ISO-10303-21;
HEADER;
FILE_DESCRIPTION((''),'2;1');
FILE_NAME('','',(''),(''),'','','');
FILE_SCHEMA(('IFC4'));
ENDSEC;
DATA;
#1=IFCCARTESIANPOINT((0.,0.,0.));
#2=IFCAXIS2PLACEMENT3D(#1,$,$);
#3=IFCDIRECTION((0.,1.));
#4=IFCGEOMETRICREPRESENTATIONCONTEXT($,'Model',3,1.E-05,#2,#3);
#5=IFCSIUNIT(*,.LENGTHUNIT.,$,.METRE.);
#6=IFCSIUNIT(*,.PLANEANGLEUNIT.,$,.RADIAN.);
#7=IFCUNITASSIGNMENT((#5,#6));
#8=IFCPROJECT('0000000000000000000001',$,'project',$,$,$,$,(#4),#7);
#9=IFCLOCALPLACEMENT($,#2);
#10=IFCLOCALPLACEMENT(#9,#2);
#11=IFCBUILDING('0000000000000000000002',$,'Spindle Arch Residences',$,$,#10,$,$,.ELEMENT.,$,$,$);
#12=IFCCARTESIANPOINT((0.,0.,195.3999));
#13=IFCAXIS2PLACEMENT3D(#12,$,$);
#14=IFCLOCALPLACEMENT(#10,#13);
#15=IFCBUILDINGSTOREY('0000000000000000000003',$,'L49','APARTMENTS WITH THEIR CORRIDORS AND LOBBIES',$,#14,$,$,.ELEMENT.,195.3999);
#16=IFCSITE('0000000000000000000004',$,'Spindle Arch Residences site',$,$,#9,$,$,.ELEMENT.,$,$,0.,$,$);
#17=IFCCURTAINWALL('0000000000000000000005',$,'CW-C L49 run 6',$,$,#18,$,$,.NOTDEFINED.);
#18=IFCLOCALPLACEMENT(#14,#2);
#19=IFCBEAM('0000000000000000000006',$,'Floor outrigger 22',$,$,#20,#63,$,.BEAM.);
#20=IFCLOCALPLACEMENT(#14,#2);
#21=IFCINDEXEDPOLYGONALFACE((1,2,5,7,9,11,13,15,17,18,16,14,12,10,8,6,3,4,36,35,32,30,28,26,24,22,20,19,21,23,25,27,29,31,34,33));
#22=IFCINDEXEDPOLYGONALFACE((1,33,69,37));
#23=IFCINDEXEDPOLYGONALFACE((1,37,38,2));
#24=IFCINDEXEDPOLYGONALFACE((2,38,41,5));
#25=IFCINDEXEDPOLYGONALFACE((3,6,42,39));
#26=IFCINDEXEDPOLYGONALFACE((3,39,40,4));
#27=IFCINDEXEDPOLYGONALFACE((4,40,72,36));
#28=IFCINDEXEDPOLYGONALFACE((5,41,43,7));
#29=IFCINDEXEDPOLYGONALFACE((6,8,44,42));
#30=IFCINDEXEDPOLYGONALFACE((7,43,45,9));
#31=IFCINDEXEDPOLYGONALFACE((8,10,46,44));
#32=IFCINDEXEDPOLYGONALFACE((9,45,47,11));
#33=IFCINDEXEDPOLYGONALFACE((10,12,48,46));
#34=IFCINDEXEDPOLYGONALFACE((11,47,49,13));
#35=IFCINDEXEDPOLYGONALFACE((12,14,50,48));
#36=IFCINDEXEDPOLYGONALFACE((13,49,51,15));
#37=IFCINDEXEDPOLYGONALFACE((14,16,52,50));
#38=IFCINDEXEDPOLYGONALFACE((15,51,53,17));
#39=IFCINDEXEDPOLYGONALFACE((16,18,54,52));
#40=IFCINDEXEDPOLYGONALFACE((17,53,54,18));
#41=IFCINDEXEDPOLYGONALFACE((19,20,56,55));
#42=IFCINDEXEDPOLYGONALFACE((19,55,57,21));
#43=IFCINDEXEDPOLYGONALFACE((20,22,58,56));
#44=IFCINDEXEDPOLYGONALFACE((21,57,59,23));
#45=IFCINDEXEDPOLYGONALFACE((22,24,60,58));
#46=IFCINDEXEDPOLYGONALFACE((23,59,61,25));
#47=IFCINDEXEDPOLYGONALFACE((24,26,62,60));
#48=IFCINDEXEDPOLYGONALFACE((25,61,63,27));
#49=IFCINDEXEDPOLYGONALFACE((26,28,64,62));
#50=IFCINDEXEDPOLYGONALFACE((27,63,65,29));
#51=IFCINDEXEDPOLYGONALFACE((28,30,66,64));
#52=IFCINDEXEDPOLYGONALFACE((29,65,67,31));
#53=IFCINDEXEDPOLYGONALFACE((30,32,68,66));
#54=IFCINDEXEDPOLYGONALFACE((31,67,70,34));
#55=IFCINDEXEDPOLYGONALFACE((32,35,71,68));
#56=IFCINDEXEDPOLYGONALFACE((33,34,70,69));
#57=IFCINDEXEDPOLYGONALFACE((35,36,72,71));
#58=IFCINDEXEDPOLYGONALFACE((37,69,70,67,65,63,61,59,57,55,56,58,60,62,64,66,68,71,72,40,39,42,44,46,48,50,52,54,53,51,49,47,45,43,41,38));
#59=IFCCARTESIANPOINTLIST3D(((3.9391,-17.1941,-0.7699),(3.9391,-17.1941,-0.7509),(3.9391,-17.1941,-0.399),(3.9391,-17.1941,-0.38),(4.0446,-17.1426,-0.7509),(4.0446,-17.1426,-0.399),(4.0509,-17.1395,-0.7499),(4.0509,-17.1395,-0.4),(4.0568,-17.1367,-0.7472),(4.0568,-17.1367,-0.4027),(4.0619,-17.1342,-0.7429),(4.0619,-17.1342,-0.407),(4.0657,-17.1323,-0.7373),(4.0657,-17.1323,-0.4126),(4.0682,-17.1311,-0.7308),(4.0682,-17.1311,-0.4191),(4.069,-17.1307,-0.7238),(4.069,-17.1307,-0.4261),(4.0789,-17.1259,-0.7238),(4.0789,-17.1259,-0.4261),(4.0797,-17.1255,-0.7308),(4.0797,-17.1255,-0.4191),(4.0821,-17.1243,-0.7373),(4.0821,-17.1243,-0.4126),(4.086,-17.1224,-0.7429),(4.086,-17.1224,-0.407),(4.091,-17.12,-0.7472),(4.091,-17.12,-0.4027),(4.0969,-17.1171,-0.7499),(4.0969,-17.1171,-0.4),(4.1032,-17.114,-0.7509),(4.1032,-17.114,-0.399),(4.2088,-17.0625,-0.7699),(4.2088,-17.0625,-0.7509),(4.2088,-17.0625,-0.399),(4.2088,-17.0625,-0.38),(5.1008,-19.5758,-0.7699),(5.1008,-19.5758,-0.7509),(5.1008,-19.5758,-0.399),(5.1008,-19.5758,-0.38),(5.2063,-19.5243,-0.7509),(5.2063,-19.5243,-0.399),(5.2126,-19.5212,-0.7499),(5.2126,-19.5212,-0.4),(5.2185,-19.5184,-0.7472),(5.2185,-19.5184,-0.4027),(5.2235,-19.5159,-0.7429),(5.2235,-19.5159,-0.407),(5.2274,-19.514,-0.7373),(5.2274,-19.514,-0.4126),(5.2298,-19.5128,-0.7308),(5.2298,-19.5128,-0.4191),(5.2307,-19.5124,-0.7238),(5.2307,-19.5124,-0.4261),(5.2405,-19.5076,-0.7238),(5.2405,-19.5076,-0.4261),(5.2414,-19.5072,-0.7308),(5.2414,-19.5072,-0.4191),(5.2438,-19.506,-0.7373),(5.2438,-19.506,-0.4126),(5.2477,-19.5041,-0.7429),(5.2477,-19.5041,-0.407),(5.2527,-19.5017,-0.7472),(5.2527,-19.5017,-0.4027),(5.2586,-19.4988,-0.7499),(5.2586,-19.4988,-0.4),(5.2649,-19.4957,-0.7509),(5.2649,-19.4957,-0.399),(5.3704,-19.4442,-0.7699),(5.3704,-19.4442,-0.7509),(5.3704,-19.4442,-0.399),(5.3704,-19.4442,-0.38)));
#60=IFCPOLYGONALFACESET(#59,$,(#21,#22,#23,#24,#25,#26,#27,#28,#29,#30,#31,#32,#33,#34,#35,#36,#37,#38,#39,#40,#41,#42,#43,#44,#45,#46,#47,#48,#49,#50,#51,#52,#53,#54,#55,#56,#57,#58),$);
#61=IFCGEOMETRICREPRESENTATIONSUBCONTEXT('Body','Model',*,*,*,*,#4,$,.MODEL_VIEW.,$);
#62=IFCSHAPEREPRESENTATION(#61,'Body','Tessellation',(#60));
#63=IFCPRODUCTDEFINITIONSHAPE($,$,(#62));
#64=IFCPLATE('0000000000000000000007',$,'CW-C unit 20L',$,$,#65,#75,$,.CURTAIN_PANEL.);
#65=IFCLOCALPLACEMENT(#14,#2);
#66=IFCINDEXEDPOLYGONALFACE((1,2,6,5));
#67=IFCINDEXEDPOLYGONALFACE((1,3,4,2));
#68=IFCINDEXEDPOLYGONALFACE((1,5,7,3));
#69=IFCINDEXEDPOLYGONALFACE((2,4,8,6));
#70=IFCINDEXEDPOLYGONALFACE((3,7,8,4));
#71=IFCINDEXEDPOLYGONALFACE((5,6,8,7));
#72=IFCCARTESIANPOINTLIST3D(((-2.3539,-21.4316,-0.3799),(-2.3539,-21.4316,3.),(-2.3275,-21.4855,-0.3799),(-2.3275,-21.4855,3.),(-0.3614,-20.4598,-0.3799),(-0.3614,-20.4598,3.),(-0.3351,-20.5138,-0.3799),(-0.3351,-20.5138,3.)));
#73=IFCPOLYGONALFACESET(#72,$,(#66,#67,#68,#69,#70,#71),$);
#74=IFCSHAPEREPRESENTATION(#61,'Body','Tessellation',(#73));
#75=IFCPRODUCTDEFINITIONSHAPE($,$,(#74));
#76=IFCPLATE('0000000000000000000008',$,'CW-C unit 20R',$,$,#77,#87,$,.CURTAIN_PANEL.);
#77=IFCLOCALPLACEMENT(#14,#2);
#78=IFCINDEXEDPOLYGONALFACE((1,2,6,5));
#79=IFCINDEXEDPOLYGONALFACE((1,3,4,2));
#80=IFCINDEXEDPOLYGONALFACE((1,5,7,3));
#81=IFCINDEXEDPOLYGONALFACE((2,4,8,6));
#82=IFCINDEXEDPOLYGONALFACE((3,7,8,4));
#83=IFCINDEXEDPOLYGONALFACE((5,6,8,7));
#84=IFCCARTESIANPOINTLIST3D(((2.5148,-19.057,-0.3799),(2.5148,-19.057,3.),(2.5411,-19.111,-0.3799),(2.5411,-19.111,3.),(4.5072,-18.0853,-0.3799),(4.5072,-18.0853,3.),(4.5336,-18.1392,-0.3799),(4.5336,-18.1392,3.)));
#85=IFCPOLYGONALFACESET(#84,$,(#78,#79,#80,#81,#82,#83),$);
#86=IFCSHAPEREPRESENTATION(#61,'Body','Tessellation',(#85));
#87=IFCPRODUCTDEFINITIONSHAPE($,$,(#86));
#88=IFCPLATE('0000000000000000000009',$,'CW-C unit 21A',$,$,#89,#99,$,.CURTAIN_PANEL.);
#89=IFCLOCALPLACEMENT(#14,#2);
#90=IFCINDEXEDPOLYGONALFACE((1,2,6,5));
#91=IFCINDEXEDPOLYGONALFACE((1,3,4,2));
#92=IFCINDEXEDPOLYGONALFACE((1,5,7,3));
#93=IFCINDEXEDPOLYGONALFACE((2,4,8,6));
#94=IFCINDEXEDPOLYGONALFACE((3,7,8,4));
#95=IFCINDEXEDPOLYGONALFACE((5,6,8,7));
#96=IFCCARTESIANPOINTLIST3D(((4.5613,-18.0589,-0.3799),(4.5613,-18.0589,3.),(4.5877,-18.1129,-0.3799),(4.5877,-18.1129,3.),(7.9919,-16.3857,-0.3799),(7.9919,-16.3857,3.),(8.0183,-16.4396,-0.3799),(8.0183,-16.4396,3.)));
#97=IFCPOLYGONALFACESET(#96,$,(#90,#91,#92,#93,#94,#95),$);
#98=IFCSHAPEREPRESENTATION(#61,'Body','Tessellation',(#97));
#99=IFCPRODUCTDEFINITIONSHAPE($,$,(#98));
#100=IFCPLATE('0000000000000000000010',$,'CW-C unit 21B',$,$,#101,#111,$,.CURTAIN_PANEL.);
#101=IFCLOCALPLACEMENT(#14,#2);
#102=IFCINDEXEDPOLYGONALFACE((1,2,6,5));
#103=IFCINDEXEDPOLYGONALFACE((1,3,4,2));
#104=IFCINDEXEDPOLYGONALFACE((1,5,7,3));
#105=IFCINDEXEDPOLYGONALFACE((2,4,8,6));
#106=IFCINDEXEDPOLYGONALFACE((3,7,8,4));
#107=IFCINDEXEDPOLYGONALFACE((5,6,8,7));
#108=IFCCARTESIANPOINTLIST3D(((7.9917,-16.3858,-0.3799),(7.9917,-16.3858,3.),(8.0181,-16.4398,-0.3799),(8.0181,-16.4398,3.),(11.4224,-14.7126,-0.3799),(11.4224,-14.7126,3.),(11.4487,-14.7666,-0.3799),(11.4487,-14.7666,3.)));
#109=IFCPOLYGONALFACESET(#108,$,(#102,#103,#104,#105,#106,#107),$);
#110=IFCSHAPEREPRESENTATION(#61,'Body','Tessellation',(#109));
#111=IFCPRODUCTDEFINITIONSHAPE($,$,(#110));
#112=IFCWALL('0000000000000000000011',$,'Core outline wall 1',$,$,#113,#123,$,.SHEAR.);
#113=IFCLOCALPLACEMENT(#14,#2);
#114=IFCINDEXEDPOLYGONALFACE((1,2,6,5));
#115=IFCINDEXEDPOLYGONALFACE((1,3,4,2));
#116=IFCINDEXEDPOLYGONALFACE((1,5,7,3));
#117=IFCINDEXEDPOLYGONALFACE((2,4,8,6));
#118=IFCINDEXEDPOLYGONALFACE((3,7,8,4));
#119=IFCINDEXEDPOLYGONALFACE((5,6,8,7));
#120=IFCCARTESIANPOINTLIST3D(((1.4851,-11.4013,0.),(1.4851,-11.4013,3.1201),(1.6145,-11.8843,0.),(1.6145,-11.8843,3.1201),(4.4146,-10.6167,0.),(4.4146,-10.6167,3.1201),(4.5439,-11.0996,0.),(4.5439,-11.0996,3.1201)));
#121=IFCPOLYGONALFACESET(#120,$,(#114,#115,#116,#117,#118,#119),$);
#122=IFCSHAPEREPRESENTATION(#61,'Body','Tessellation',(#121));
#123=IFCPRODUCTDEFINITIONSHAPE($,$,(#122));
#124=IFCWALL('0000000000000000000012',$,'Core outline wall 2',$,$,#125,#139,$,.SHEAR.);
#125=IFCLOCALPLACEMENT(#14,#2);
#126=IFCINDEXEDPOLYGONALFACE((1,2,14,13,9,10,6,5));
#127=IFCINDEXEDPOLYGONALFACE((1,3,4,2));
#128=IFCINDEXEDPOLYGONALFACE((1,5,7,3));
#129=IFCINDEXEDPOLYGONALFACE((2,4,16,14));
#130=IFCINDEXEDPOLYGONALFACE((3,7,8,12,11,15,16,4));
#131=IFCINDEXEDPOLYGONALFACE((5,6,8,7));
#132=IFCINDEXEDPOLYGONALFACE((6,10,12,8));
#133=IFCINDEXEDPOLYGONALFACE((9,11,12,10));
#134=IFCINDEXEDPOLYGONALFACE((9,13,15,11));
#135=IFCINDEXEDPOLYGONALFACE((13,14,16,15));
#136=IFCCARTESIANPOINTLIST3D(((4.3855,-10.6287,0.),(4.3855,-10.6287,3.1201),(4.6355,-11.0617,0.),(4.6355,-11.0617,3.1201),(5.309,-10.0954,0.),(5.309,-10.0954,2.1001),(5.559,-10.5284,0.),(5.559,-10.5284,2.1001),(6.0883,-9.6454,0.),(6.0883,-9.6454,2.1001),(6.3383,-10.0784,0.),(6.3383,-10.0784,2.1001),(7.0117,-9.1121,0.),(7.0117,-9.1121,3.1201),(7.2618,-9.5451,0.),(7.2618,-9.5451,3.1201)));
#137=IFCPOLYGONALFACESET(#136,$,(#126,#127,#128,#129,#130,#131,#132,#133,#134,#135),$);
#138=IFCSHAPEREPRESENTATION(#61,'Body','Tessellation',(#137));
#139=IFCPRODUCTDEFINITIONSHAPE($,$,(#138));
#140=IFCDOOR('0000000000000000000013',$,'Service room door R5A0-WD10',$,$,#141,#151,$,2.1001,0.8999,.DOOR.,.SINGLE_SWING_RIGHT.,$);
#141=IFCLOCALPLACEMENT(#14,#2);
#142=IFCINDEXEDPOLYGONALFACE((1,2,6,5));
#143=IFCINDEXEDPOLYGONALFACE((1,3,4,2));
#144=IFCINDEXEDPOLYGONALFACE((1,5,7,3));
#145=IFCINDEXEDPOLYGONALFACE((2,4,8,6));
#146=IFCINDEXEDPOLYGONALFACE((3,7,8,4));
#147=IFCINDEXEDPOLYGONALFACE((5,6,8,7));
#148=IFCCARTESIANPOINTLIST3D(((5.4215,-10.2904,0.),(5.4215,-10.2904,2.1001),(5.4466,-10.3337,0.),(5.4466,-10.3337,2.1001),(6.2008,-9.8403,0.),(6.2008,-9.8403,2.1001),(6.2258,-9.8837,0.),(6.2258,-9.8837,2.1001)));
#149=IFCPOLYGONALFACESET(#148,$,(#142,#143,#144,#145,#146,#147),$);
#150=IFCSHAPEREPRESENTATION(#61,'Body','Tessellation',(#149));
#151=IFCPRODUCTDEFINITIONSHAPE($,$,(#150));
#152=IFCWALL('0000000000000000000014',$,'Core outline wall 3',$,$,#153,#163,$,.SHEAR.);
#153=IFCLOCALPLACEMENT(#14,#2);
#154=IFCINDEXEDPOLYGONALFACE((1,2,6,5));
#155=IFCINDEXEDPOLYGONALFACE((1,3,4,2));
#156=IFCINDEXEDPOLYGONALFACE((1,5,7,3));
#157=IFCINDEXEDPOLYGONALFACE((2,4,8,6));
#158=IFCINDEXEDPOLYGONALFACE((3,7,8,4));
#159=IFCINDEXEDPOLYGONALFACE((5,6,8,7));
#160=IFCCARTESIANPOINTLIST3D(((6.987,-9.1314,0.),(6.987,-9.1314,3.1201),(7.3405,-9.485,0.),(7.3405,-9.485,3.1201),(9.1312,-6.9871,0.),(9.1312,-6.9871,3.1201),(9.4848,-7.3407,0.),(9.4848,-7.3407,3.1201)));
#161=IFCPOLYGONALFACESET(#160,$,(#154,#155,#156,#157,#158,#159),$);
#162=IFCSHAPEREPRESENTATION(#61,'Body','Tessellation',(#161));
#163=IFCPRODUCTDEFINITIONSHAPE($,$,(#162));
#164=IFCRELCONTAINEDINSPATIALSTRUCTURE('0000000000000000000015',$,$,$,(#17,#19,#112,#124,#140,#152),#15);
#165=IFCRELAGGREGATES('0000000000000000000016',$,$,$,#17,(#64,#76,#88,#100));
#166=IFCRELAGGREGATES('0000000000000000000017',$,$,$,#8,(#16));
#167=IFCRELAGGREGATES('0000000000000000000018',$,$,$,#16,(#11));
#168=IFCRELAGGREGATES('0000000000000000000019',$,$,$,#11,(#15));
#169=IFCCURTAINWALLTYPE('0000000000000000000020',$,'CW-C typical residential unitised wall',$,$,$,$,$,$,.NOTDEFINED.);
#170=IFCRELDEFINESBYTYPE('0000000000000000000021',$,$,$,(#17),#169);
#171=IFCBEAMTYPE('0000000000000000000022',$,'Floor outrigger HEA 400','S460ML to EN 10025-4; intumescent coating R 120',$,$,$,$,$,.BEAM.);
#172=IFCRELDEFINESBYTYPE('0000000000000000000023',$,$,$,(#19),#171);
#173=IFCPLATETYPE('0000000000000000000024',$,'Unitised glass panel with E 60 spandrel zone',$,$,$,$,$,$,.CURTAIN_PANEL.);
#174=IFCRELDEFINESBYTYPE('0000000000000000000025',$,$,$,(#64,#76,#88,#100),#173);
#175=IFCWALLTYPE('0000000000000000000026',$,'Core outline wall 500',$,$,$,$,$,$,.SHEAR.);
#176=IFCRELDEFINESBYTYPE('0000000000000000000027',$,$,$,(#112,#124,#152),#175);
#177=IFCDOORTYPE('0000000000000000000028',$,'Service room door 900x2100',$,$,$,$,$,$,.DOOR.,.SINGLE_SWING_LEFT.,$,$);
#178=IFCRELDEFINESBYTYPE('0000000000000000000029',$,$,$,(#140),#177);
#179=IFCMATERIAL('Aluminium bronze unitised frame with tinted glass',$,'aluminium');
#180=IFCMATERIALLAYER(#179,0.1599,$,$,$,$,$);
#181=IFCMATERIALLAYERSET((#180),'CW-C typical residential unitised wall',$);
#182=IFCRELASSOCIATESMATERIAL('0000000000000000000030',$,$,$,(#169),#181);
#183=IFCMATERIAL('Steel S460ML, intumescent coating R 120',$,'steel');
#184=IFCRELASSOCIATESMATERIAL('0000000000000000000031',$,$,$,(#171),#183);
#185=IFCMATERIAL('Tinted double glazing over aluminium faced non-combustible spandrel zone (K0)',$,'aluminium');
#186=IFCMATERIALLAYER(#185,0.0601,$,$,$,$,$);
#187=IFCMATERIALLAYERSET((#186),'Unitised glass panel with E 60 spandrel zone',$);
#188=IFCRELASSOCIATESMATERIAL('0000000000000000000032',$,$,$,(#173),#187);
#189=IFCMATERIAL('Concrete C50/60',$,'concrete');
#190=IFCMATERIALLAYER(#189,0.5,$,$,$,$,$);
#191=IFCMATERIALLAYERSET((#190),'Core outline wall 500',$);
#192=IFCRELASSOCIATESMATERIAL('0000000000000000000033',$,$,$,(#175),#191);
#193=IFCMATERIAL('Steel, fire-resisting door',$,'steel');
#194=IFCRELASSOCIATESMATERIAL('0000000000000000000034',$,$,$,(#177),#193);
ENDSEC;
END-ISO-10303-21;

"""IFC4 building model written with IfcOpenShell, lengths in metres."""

from ifc_helpers import new_model, si_unit, direction, frame, frame_2d, origin, origin_2d, place, context, subcontext, project, spatial, rectangle, i_section, extrude, material, layer, layer_set, material_profile, profile_set, type_object, element, fill, aggregate, save


model = new_model("IFC4")

# Units and contexts
model_context = context("Model", 3, precision=1e-05, world=origin(), true_north=direction((0.0, 1.0)))
body_context = subcontext(model_context, "Body", "Model", "MODEL_VIEW")
ifc_project = project(units=[si_unit("LENGTHUNIT", "METRE"), si_unit("PLANEANGLEUNIT", "RADIAN")], contexts=[model_context])

# Site, building, storey
site_placement = place(None, origin())
site = spatial("IfcSite", under=ifc_project, at=site_placement, Name="Spindle Arch Residences site", CompositionType="ELEMENT", RefElevation=0.0)
building_placement = place(site_placement, origin())
building = spatial("IfcBuilding", under=site, at=building_placement, Name="Spindle Arch Residences", CompositionType="ELEMENT")
storey_placement = place(building_placement, frame((0.0, 0.0, 195.3999)))
storey = spatial("IfcBuildingStorey", under=building, at=storey_placement, Name="L49", Description="APARTMENTS WITH THEIR CORRIDORS AND LOBBIES", CompositionType="ELEMENT", Elevation=195.3999)

# Curtain wall
ifc_material_1 = material(Name="Aluminium bronze unitised frame with tinted glass", Category="aluminium")
ifc_layer_1 = layer(ifc_material_1, 0.1599)
ifc_layer_set_1 = layer_set([ifc_layer_1], Name="CW-C typical residential unitised wall")
curtain_wall_type = type_object("IfcCurtainWallType", Name="CW-C typical residential unitised wall", PredefinedType="NOTDEFINED", material=ifc_layer_set_1)
curtain_wall_placement = place(storey_placement, origin())
curtain_wall = element("IfcCurtainWall", 1, at=curtain_wall_placement, inside=storey, type_object=curtain_wall_type, Name="CW-C L49 run 6", PredefinedType="NOTDEFINED")

# Beam
ifc_material_2 = material(Name="Steel S460ML, intumescent coating R 120", Category="steel")
ifc_material_profile_1 = material_profile(ifc_material_2, i_section(OverallWidth=0.3, OverallDepth=0.3899, WebThickness=0.011, FlangeThickness=0.019, FilletRadius=0.0271, at=origin_2d()), Name="HEA 400")
ifc_profile_set_1 = profile_set([ifc_material_profile_1], Name="Steel S460ML, intumescent coating R 120")
beam_type_1 = type_object("IfcBeamType", Name="Floor outrigger HEA 400", Description="S460ML to EN 10025-4; intumescent coating R 120", PredefinedType="BEAM", material=ifc_profile_set_1)
beam_1_placement = place(storey_placement, frame((5.2356, -19.51, -0.575), z_axis=(-0.438384, 0.898788, 0.0), x_axis=(-0.898788, -0.438384, 0.0)))
element("IfcBeam", 2, at=beam_1_placement, inside=storey, type_object=beam_type_1, Name="Floor outrigger 22", PredefinedType="BEAM", context=body_context, shape_type="SweptSolid", body=[
    extrude(i_section(OverallWidth=0.3, OverallDepth=0.3899, WebThickness=0.011, FlangeThickness=0.019, FilletRadius=0.0271, at=origin_2d()), origin(), (0.0, 0.0, 1.0), 2.6499),
])

# Plates
ifc_material_3 = material(Name="Tinted double glazing over aluminium faced non-combustible spandrel zone (K0)", Category="aluminium")
ifc_layer_2 = layer(ifc_material_3, 0.0601)
ifc_layer_set_2 = layer_set([ifc_layer_2], Name="Unitised glass panel with E 60 spandrel zone")
plate_type = type_object("IfcPlateType", Name="Unitised glass panel with E 60 spandrel zone", PredefinedType="CURTAIN_PANEL", material=ifc_layer_set_2)
plate_1_placement = place(storey_placement, frame((-1.3445, -20.9727, -0.3799), z_axis=(0.0, 0.0, 1.0), x_axis=(0.898794, 0.438371, 0.0)))
plate_1 = element("IfcPlate", 3, at=plate_1_placement, type_object=plate_type, Name="CW-C unit 20L", PredefinedType="CURTAIN_PANEL", context=body_context, shape_type="SweptSolid", body=[
    extrude(rectangle(XDim=2.2168, YDim=0.0601, at=origin_2d()), origin(), (0.0, 0.0, 1.0), 3.3799),
])
plate_2_placement = place(storey_placement, frame((3.5242, -18.5981, -0.3799), z_axis=(0.0, 0.0, 1.0), x_axis=(0.898794, 0.438371, 0.0)))
plate_2 = element("IfcPlate", 4, at=plate_2_placement, type_object=plate_type, Name="CW-C unit 20R", PredefinedType="CURTAIN_PANEL", context=body_context, shape_type="SweptSolid", body=[
    extrude(rectangle(XDim=2.2168, YDim=0.0601, at=origin_2d()), origin(), (0.0, 0.0, 1.0), 3.3799),
])
plate_3_placement = place(storey_placement, frame((6.2898, -17.2493, -0.3799), z_axis=(0.0, 0.0, 1.0), x_axis=(0.898794, 0.438371, 0.0)))
plate_3 = element("IfcPlate", 5, at=plate_3_placement, type_object=plate_type, Name="CW-C unit 21A", PredefinedType="CURTAIN_PANEL", context=body_context, shape_type="SweptSolid", body=[
    extrude(rectangle(XDim=3.8169, YDim=0.0601, at=origin_2d()), origin(), (0.0, 0.0, 1.0), 3.3799),
])
plate_4_placement = place(storey_placement, frame((9.7202, -15.5762, -0.3799), z_axis=(0.0, 0.0, 1.0), x_axis=(0.898794, 0.438371, 0.0)))
plate_4 = element("IfcPlate", 6, at=plate_4_placement, type_object=plate_type, Name="CW-C unit 21B", PredefinedType="CURTAIN_PANEL", context=body_context, shape_type="SweptSolid", body=[
    extrude(rectangle(XDim=3.8169, YDim=0.0601, at=origin_2d()), origin(), (0.0, 0.0, 1.0), 3.3799),
])
aggregate(curtain_wall, [plate_1, plate_2, plate_3, plate_4])

# Wall
ifc_material_4 = material(Name="Concrete C50/60", Category="concrete")
ifc_layer_3 = layer(ifc_material_4, 0.5)
ifc_layer_set_3 = layer_set([ifc_layer_3], Name="Core outline wall 500")
wall_type_1 = type_object("IfcWallType", Name="Core outline wall 500", PredefinedType="SHEAR", material=ifc_layer_set_3)
wall_1_placement = place(storey_placement, frame((1.5498, -11.6428, 0.0), z_axis=(0.0, 0.0, 1.0), x_axis=(0.965948, 0.258735, 0.0)))
element("IfcWall", 7, at=wall_1_placement, inside=storey, type_object=wall_type_1, Name="Core outline wall 1", PredefinedType="SHEAR", context=body_context, shape_type="SweptSolid", body=[
    extrude(rectangle(XDim=3.0327, YDim=0.5, at=frame_2d((1.5164, 0.0))), origin(), (0.0, 0.0, 1.0), 3.1201),
])

# Wall, opening, door
wall_2_placement = place(storey_placement, frame((4.5105, -10.8452, 0.0), z_axis=(0.0, 0.0, 1.0), x_axis=(0.865975, 0.500087, 0.0)))
wall_2 = element("IfcWall", 8, at=wall_2_placement, inside=storey, type_object=wall_type_1, Name="Core outline wall 2", PredefinedType="SHEAR", context=body_context, shape_type="SweptSolid", body=[
    extrude(rectangle(XDim=3.0327, YDim=0.5, at=frame_2d((1.5164, 0.0))), origin(), (0.0, 0.0, 1.0), 3.1201),
])
opening_1_placement = place(wall_2_placement, frame((1.0664, 0.0, 0.0)))
opening_1 = element("IfcOpeningElement", 9, at=opening_1_placement, cuts=wall_2, PredefinedType="OPENING", context=body_context, shape_type="SweptSolid", body=[
    extrude(rectangle(XDim=0.8999, YDim=2.1001, at=frame_2d((0.45, 1.05))), frame((0.0, 0.26, 0.0), z_axis=(0.0, -1.0, 0.0), x_axis=(1.0, 0.0, 0.0)), (0.0, 0.0, 1.0), 0.52),
])
ifc_material_5 = material(Name="Steel, fire-resisting door", Category="steel")
door_type_1 = type_object("IfcDoorType", Name="Service room door 900x2100", OperationType="SINGLE_SWING_LEFT", PredefinedType="DOOR", material=ifc_material_5)
door_1_placement = place(opening_1_placement, origin())
door_1 = element("IfcDoor", 10, at=door_1_placement, inside=storey, type_object=door_type_1, Name="Service room door R5A0-WD10", OperationType="SINGLE_SWING_RIGHT", OverallHeight=2.1001, OverallWidth=0.8999, PredefinedType="DOOR", context=body_context, shape_type="SweptSolid", body=[
    extrude(rectangle(XDim=0.8999, YDim=2.1001, at=frame_2d((0.45, 1.05))), frame((0.0, 0.0249, 0.0), z_axis=(0.0, -1.0, 0.0), x_axis=(1.0, 0.0, 0.0)), (0.0, 0.0, 1.0), 0.05),
])
fill(opening_1, door_1)

# Wall
wall_3_placement = place(storey_placement, frame((7.1638, -9.3081, 0.0), z_axis=(0.0, 0.0, 1.0), x_axis=(0.707107, 0.707107, 0.0)))
element("IfcWall", 11, at=wall_3_placement, inside=storey, type_object=wall_type_1, Name="Core outline wall 3", PredefinedType="SHEAR", context=body_context, shape_type="SweptSolid", body=[
    extrude(rectangle(XDim=3.0325, YDim=0.5, at=frame_2d((1.5161, 0.0))), origin(), (0.0, 0.0, 1.0), 3.1201),
])

save(model, "model.ifc")
